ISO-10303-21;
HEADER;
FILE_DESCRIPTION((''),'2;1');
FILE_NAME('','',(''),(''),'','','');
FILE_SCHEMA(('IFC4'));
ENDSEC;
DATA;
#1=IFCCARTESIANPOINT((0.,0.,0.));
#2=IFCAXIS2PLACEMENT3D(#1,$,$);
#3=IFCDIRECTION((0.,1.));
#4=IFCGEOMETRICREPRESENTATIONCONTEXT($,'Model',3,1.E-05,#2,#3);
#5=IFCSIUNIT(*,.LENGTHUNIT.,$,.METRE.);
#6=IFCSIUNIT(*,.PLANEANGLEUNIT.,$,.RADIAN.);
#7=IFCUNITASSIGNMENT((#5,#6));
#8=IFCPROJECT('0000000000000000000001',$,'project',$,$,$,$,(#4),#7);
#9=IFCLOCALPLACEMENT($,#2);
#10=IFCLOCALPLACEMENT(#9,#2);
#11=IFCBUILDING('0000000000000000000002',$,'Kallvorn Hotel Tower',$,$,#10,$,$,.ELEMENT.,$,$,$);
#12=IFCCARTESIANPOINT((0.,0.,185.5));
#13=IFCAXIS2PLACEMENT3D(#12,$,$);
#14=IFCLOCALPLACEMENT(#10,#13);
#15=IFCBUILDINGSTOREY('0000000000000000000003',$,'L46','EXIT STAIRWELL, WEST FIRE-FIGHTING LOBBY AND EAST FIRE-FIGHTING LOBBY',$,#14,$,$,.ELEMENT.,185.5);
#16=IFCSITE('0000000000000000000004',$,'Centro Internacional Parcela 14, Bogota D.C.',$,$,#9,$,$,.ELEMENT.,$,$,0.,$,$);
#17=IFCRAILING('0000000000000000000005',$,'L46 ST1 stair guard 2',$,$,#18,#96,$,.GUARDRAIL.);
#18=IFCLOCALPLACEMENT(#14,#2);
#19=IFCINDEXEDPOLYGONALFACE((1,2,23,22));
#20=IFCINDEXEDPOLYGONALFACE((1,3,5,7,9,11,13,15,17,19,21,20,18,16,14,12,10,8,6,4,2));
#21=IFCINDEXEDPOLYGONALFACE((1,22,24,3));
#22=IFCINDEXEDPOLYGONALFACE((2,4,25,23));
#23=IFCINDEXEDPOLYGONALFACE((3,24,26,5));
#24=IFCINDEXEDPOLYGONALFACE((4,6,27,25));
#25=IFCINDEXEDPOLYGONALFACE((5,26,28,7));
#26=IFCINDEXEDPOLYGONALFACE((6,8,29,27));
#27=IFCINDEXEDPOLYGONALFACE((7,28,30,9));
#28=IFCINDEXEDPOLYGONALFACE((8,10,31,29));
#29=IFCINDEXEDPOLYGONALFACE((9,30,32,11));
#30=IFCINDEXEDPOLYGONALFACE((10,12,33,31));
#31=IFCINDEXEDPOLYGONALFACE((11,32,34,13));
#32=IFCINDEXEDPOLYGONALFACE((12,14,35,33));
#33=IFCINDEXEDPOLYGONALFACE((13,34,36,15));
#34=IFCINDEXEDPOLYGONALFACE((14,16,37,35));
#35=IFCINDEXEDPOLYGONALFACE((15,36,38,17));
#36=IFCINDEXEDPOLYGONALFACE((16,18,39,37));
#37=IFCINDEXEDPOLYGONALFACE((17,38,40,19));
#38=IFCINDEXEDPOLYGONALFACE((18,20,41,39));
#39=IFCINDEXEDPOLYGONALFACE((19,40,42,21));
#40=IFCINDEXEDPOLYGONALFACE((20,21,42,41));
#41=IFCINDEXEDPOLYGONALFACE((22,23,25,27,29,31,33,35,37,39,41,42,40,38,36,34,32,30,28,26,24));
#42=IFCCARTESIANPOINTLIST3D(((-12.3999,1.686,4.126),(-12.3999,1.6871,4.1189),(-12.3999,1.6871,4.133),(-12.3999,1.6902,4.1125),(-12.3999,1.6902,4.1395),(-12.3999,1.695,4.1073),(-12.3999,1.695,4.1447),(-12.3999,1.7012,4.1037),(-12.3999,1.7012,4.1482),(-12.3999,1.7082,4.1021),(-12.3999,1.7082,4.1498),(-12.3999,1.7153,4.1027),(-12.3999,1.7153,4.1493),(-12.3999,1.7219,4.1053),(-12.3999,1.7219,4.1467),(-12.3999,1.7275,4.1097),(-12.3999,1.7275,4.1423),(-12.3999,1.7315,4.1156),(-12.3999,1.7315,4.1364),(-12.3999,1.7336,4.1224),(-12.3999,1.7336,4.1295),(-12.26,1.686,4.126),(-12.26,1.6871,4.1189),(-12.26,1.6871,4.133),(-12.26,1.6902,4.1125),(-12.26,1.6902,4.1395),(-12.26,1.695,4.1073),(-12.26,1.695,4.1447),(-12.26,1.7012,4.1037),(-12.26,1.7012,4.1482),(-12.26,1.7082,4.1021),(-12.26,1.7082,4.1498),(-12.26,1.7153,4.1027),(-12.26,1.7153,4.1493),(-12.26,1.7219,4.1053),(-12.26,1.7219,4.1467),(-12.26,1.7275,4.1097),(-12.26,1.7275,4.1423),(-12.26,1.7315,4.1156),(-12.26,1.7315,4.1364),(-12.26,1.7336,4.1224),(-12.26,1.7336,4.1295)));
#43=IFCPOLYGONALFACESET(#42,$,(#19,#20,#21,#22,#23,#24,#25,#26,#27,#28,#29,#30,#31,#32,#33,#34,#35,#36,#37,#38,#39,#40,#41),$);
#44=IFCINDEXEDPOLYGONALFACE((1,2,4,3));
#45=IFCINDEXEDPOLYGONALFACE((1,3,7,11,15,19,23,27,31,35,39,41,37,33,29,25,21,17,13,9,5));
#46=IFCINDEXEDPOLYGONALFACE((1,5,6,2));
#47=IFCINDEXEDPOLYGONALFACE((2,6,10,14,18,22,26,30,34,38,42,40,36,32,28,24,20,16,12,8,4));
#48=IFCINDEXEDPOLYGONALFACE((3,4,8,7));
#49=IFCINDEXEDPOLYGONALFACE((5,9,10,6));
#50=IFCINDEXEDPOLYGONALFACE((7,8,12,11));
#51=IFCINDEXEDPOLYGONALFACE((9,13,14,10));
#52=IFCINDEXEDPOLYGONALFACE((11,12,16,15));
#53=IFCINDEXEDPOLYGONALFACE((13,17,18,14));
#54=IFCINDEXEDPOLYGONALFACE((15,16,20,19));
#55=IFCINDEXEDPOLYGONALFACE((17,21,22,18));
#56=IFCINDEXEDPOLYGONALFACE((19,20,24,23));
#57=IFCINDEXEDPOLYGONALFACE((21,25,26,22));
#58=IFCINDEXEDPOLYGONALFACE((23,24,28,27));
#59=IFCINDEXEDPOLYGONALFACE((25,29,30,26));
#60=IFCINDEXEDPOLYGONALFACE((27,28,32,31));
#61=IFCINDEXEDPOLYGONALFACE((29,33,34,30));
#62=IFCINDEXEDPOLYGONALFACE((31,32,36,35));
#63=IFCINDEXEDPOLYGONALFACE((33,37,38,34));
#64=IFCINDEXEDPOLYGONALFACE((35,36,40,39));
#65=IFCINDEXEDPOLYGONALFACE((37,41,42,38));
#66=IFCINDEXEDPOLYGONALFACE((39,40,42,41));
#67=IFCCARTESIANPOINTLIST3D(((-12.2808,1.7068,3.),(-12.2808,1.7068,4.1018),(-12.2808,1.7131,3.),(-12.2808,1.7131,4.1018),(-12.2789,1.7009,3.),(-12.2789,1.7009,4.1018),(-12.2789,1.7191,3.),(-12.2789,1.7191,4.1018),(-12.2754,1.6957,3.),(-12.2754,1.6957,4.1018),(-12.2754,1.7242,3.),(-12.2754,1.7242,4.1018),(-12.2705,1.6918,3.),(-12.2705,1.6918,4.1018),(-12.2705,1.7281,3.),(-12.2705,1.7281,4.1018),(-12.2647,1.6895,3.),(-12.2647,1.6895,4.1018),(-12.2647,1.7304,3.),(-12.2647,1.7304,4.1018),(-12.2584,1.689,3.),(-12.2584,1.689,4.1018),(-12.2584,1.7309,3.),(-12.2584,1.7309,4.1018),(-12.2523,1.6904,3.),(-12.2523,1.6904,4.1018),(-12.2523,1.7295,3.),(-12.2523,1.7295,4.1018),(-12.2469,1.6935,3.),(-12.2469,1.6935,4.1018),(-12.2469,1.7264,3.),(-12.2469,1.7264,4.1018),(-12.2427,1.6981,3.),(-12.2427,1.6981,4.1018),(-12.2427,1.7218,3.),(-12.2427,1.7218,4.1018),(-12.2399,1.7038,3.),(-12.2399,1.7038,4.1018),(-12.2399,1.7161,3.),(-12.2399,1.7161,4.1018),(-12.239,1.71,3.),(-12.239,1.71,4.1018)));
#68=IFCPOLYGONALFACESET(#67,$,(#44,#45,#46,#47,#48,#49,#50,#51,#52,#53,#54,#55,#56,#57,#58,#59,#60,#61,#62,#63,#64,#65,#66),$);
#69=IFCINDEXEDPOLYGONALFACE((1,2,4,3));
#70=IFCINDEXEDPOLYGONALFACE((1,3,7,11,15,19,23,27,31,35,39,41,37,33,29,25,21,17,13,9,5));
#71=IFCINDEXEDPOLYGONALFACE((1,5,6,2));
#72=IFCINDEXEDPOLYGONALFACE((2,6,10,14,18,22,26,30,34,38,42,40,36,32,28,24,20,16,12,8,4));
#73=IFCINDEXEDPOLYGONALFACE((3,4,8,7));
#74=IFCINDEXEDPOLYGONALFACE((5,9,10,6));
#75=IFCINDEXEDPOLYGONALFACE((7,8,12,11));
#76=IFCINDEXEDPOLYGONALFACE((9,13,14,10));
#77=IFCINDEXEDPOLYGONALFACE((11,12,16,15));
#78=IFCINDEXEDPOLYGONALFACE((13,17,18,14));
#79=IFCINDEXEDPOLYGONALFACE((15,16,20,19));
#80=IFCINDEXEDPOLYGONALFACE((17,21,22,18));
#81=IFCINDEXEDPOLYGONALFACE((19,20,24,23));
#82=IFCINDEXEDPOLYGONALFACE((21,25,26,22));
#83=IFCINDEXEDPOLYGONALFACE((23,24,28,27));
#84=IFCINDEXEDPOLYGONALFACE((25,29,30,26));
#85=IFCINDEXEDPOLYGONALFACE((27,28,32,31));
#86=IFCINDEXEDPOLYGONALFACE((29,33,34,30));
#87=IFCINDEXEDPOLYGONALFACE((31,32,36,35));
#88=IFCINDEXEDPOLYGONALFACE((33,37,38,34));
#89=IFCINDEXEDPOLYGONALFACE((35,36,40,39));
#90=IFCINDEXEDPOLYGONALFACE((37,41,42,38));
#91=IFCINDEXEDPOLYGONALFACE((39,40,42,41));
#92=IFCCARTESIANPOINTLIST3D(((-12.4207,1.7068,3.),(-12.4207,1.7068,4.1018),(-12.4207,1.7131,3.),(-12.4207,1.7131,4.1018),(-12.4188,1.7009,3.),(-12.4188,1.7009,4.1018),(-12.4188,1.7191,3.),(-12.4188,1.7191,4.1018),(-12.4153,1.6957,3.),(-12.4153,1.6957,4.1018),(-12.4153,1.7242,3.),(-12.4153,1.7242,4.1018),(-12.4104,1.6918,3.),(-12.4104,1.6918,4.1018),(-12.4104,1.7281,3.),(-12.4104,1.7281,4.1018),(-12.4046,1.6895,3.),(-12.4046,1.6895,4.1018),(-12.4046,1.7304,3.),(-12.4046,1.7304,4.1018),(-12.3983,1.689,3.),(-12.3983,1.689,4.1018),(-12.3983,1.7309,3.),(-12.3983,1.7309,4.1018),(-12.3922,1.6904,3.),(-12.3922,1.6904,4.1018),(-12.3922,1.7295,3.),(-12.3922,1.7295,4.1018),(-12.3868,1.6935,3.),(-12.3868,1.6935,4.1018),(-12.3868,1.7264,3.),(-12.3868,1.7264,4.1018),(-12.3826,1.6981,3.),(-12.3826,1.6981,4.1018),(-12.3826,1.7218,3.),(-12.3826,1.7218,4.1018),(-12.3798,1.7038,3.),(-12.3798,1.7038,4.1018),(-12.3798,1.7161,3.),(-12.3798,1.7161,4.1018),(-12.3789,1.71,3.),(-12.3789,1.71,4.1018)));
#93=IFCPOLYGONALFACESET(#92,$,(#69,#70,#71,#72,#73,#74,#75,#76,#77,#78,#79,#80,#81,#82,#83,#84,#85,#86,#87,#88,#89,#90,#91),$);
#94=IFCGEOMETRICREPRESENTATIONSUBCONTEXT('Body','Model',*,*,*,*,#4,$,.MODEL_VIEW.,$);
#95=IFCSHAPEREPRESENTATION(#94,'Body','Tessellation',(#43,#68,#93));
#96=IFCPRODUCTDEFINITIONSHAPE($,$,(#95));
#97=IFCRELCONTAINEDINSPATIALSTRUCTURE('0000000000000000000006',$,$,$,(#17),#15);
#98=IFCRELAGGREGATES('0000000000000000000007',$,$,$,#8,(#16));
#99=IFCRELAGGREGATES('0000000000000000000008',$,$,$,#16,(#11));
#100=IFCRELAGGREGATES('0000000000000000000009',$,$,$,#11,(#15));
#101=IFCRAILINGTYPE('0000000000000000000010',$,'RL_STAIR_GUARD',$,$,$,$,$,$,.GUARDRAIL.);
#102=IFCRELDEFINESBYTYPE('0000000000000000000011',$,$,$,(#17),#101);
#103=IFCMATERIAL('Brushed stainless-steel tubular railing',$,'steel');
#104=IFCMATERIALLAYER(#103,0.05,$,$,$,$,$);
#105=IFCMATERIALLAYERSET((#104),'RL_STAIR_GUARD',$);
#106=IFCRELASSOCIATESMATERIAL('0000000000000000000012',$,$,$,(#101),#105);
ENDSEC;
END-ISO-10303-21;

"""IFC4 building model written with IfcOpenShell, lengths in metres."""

from ifc_helpers import new_model, si_unit, direction, frame, origin, origin_2d, place, context, subcontext, project, spatial, circle, extrude, material, layer, layer_set, type_object, element, save


model = new_model("IFC4")

# Units and contexts
model_context = context("Model", 3, precision=1e-05, world=origin(), true_north=direction((0.0, 1.0)))
body_context = subcontext(model_context, "Body", "Model", "MODEL_VIEW")
ifc_project = project(units=[si_unit("LENGTHUNIT", "METRE"), si_unit("PLANEANGLEUNIT", "RADIAN")], contexts=[model_context])

# Site, building, storey
site_placement = place(None, origin())
site = spatial("IfcSite", under=ifc_project, at=site_placement, Name="Centro Internacional Parcela 14, Bogota D.C.", CompositionType="ELEMENT", RefElevation=0.0)
building_placement = place(site_placement, origin())
building = spatial("IfcBuilding", under=site, at=building_placement, Name="Kallvorn Hotel Tower", CompositionType="ELEMENT")
storey_placement = place(building_placement, frame((0.0, 0.0, 185.5)))
storey = spatial("IfcBuildingStorey", under=building, at=storey_placement, Name="L46", Description="EXIT STAIRWELL, WEST FIRE-FIGHTING LOBBY AND EAST FIRE-FIGHTING LOBBY", CompositionType="ELEMENT", Elevation=185.5)

# Railing
ifc_material_1 = material(Name="Brushed stainless-steel tubular railing", Category="steel")
ifc_layer_1 = layer(ifc_material_1, 0.05)
ifc_layer_set_1 = layer_set([ifc_layer_1], Name="RL_STAIR_GUARD")
railing_type_1 = type_object("IfcRailingType", Name="RL_STAIR_GUARD", PredefinedType="GUARDRAIL", material=ifc_layer_set_1)
railing_1_placement = place(storey_placement, frame((-12.26, 1.71, 3.0)))
element("IfcRailing", 1, at=railing_1_placement, inside=storey, type_object=railing_type_1, Name="L46 ST1 stair guard 2", PredefinedType="GUARDRAIL", context=body_context, shape_type="SweptSolid", body=[
    extrude(circle(Radius=0.0239, at=origin_2d()), frame((0.0, 0.0, 1.126), z_axis=(-1.0, 0.0, 0.0), x_axis=(0.0, -1.0, 0.0)), (0.0, 0.0, 1.0), 0.1399),
    extrude(circle(Radius=0.021, at=origin_2d()), origin(), (0.0, 0.0, 1.0), 1.1018),
    extrude(circle(Radius=0.021, at=origin_2d()), frame((-0.1399, 0.0, 0.0)), (0.0, 0.0, 1.0), 1.1018),
])

save(model, "model.ifc")
